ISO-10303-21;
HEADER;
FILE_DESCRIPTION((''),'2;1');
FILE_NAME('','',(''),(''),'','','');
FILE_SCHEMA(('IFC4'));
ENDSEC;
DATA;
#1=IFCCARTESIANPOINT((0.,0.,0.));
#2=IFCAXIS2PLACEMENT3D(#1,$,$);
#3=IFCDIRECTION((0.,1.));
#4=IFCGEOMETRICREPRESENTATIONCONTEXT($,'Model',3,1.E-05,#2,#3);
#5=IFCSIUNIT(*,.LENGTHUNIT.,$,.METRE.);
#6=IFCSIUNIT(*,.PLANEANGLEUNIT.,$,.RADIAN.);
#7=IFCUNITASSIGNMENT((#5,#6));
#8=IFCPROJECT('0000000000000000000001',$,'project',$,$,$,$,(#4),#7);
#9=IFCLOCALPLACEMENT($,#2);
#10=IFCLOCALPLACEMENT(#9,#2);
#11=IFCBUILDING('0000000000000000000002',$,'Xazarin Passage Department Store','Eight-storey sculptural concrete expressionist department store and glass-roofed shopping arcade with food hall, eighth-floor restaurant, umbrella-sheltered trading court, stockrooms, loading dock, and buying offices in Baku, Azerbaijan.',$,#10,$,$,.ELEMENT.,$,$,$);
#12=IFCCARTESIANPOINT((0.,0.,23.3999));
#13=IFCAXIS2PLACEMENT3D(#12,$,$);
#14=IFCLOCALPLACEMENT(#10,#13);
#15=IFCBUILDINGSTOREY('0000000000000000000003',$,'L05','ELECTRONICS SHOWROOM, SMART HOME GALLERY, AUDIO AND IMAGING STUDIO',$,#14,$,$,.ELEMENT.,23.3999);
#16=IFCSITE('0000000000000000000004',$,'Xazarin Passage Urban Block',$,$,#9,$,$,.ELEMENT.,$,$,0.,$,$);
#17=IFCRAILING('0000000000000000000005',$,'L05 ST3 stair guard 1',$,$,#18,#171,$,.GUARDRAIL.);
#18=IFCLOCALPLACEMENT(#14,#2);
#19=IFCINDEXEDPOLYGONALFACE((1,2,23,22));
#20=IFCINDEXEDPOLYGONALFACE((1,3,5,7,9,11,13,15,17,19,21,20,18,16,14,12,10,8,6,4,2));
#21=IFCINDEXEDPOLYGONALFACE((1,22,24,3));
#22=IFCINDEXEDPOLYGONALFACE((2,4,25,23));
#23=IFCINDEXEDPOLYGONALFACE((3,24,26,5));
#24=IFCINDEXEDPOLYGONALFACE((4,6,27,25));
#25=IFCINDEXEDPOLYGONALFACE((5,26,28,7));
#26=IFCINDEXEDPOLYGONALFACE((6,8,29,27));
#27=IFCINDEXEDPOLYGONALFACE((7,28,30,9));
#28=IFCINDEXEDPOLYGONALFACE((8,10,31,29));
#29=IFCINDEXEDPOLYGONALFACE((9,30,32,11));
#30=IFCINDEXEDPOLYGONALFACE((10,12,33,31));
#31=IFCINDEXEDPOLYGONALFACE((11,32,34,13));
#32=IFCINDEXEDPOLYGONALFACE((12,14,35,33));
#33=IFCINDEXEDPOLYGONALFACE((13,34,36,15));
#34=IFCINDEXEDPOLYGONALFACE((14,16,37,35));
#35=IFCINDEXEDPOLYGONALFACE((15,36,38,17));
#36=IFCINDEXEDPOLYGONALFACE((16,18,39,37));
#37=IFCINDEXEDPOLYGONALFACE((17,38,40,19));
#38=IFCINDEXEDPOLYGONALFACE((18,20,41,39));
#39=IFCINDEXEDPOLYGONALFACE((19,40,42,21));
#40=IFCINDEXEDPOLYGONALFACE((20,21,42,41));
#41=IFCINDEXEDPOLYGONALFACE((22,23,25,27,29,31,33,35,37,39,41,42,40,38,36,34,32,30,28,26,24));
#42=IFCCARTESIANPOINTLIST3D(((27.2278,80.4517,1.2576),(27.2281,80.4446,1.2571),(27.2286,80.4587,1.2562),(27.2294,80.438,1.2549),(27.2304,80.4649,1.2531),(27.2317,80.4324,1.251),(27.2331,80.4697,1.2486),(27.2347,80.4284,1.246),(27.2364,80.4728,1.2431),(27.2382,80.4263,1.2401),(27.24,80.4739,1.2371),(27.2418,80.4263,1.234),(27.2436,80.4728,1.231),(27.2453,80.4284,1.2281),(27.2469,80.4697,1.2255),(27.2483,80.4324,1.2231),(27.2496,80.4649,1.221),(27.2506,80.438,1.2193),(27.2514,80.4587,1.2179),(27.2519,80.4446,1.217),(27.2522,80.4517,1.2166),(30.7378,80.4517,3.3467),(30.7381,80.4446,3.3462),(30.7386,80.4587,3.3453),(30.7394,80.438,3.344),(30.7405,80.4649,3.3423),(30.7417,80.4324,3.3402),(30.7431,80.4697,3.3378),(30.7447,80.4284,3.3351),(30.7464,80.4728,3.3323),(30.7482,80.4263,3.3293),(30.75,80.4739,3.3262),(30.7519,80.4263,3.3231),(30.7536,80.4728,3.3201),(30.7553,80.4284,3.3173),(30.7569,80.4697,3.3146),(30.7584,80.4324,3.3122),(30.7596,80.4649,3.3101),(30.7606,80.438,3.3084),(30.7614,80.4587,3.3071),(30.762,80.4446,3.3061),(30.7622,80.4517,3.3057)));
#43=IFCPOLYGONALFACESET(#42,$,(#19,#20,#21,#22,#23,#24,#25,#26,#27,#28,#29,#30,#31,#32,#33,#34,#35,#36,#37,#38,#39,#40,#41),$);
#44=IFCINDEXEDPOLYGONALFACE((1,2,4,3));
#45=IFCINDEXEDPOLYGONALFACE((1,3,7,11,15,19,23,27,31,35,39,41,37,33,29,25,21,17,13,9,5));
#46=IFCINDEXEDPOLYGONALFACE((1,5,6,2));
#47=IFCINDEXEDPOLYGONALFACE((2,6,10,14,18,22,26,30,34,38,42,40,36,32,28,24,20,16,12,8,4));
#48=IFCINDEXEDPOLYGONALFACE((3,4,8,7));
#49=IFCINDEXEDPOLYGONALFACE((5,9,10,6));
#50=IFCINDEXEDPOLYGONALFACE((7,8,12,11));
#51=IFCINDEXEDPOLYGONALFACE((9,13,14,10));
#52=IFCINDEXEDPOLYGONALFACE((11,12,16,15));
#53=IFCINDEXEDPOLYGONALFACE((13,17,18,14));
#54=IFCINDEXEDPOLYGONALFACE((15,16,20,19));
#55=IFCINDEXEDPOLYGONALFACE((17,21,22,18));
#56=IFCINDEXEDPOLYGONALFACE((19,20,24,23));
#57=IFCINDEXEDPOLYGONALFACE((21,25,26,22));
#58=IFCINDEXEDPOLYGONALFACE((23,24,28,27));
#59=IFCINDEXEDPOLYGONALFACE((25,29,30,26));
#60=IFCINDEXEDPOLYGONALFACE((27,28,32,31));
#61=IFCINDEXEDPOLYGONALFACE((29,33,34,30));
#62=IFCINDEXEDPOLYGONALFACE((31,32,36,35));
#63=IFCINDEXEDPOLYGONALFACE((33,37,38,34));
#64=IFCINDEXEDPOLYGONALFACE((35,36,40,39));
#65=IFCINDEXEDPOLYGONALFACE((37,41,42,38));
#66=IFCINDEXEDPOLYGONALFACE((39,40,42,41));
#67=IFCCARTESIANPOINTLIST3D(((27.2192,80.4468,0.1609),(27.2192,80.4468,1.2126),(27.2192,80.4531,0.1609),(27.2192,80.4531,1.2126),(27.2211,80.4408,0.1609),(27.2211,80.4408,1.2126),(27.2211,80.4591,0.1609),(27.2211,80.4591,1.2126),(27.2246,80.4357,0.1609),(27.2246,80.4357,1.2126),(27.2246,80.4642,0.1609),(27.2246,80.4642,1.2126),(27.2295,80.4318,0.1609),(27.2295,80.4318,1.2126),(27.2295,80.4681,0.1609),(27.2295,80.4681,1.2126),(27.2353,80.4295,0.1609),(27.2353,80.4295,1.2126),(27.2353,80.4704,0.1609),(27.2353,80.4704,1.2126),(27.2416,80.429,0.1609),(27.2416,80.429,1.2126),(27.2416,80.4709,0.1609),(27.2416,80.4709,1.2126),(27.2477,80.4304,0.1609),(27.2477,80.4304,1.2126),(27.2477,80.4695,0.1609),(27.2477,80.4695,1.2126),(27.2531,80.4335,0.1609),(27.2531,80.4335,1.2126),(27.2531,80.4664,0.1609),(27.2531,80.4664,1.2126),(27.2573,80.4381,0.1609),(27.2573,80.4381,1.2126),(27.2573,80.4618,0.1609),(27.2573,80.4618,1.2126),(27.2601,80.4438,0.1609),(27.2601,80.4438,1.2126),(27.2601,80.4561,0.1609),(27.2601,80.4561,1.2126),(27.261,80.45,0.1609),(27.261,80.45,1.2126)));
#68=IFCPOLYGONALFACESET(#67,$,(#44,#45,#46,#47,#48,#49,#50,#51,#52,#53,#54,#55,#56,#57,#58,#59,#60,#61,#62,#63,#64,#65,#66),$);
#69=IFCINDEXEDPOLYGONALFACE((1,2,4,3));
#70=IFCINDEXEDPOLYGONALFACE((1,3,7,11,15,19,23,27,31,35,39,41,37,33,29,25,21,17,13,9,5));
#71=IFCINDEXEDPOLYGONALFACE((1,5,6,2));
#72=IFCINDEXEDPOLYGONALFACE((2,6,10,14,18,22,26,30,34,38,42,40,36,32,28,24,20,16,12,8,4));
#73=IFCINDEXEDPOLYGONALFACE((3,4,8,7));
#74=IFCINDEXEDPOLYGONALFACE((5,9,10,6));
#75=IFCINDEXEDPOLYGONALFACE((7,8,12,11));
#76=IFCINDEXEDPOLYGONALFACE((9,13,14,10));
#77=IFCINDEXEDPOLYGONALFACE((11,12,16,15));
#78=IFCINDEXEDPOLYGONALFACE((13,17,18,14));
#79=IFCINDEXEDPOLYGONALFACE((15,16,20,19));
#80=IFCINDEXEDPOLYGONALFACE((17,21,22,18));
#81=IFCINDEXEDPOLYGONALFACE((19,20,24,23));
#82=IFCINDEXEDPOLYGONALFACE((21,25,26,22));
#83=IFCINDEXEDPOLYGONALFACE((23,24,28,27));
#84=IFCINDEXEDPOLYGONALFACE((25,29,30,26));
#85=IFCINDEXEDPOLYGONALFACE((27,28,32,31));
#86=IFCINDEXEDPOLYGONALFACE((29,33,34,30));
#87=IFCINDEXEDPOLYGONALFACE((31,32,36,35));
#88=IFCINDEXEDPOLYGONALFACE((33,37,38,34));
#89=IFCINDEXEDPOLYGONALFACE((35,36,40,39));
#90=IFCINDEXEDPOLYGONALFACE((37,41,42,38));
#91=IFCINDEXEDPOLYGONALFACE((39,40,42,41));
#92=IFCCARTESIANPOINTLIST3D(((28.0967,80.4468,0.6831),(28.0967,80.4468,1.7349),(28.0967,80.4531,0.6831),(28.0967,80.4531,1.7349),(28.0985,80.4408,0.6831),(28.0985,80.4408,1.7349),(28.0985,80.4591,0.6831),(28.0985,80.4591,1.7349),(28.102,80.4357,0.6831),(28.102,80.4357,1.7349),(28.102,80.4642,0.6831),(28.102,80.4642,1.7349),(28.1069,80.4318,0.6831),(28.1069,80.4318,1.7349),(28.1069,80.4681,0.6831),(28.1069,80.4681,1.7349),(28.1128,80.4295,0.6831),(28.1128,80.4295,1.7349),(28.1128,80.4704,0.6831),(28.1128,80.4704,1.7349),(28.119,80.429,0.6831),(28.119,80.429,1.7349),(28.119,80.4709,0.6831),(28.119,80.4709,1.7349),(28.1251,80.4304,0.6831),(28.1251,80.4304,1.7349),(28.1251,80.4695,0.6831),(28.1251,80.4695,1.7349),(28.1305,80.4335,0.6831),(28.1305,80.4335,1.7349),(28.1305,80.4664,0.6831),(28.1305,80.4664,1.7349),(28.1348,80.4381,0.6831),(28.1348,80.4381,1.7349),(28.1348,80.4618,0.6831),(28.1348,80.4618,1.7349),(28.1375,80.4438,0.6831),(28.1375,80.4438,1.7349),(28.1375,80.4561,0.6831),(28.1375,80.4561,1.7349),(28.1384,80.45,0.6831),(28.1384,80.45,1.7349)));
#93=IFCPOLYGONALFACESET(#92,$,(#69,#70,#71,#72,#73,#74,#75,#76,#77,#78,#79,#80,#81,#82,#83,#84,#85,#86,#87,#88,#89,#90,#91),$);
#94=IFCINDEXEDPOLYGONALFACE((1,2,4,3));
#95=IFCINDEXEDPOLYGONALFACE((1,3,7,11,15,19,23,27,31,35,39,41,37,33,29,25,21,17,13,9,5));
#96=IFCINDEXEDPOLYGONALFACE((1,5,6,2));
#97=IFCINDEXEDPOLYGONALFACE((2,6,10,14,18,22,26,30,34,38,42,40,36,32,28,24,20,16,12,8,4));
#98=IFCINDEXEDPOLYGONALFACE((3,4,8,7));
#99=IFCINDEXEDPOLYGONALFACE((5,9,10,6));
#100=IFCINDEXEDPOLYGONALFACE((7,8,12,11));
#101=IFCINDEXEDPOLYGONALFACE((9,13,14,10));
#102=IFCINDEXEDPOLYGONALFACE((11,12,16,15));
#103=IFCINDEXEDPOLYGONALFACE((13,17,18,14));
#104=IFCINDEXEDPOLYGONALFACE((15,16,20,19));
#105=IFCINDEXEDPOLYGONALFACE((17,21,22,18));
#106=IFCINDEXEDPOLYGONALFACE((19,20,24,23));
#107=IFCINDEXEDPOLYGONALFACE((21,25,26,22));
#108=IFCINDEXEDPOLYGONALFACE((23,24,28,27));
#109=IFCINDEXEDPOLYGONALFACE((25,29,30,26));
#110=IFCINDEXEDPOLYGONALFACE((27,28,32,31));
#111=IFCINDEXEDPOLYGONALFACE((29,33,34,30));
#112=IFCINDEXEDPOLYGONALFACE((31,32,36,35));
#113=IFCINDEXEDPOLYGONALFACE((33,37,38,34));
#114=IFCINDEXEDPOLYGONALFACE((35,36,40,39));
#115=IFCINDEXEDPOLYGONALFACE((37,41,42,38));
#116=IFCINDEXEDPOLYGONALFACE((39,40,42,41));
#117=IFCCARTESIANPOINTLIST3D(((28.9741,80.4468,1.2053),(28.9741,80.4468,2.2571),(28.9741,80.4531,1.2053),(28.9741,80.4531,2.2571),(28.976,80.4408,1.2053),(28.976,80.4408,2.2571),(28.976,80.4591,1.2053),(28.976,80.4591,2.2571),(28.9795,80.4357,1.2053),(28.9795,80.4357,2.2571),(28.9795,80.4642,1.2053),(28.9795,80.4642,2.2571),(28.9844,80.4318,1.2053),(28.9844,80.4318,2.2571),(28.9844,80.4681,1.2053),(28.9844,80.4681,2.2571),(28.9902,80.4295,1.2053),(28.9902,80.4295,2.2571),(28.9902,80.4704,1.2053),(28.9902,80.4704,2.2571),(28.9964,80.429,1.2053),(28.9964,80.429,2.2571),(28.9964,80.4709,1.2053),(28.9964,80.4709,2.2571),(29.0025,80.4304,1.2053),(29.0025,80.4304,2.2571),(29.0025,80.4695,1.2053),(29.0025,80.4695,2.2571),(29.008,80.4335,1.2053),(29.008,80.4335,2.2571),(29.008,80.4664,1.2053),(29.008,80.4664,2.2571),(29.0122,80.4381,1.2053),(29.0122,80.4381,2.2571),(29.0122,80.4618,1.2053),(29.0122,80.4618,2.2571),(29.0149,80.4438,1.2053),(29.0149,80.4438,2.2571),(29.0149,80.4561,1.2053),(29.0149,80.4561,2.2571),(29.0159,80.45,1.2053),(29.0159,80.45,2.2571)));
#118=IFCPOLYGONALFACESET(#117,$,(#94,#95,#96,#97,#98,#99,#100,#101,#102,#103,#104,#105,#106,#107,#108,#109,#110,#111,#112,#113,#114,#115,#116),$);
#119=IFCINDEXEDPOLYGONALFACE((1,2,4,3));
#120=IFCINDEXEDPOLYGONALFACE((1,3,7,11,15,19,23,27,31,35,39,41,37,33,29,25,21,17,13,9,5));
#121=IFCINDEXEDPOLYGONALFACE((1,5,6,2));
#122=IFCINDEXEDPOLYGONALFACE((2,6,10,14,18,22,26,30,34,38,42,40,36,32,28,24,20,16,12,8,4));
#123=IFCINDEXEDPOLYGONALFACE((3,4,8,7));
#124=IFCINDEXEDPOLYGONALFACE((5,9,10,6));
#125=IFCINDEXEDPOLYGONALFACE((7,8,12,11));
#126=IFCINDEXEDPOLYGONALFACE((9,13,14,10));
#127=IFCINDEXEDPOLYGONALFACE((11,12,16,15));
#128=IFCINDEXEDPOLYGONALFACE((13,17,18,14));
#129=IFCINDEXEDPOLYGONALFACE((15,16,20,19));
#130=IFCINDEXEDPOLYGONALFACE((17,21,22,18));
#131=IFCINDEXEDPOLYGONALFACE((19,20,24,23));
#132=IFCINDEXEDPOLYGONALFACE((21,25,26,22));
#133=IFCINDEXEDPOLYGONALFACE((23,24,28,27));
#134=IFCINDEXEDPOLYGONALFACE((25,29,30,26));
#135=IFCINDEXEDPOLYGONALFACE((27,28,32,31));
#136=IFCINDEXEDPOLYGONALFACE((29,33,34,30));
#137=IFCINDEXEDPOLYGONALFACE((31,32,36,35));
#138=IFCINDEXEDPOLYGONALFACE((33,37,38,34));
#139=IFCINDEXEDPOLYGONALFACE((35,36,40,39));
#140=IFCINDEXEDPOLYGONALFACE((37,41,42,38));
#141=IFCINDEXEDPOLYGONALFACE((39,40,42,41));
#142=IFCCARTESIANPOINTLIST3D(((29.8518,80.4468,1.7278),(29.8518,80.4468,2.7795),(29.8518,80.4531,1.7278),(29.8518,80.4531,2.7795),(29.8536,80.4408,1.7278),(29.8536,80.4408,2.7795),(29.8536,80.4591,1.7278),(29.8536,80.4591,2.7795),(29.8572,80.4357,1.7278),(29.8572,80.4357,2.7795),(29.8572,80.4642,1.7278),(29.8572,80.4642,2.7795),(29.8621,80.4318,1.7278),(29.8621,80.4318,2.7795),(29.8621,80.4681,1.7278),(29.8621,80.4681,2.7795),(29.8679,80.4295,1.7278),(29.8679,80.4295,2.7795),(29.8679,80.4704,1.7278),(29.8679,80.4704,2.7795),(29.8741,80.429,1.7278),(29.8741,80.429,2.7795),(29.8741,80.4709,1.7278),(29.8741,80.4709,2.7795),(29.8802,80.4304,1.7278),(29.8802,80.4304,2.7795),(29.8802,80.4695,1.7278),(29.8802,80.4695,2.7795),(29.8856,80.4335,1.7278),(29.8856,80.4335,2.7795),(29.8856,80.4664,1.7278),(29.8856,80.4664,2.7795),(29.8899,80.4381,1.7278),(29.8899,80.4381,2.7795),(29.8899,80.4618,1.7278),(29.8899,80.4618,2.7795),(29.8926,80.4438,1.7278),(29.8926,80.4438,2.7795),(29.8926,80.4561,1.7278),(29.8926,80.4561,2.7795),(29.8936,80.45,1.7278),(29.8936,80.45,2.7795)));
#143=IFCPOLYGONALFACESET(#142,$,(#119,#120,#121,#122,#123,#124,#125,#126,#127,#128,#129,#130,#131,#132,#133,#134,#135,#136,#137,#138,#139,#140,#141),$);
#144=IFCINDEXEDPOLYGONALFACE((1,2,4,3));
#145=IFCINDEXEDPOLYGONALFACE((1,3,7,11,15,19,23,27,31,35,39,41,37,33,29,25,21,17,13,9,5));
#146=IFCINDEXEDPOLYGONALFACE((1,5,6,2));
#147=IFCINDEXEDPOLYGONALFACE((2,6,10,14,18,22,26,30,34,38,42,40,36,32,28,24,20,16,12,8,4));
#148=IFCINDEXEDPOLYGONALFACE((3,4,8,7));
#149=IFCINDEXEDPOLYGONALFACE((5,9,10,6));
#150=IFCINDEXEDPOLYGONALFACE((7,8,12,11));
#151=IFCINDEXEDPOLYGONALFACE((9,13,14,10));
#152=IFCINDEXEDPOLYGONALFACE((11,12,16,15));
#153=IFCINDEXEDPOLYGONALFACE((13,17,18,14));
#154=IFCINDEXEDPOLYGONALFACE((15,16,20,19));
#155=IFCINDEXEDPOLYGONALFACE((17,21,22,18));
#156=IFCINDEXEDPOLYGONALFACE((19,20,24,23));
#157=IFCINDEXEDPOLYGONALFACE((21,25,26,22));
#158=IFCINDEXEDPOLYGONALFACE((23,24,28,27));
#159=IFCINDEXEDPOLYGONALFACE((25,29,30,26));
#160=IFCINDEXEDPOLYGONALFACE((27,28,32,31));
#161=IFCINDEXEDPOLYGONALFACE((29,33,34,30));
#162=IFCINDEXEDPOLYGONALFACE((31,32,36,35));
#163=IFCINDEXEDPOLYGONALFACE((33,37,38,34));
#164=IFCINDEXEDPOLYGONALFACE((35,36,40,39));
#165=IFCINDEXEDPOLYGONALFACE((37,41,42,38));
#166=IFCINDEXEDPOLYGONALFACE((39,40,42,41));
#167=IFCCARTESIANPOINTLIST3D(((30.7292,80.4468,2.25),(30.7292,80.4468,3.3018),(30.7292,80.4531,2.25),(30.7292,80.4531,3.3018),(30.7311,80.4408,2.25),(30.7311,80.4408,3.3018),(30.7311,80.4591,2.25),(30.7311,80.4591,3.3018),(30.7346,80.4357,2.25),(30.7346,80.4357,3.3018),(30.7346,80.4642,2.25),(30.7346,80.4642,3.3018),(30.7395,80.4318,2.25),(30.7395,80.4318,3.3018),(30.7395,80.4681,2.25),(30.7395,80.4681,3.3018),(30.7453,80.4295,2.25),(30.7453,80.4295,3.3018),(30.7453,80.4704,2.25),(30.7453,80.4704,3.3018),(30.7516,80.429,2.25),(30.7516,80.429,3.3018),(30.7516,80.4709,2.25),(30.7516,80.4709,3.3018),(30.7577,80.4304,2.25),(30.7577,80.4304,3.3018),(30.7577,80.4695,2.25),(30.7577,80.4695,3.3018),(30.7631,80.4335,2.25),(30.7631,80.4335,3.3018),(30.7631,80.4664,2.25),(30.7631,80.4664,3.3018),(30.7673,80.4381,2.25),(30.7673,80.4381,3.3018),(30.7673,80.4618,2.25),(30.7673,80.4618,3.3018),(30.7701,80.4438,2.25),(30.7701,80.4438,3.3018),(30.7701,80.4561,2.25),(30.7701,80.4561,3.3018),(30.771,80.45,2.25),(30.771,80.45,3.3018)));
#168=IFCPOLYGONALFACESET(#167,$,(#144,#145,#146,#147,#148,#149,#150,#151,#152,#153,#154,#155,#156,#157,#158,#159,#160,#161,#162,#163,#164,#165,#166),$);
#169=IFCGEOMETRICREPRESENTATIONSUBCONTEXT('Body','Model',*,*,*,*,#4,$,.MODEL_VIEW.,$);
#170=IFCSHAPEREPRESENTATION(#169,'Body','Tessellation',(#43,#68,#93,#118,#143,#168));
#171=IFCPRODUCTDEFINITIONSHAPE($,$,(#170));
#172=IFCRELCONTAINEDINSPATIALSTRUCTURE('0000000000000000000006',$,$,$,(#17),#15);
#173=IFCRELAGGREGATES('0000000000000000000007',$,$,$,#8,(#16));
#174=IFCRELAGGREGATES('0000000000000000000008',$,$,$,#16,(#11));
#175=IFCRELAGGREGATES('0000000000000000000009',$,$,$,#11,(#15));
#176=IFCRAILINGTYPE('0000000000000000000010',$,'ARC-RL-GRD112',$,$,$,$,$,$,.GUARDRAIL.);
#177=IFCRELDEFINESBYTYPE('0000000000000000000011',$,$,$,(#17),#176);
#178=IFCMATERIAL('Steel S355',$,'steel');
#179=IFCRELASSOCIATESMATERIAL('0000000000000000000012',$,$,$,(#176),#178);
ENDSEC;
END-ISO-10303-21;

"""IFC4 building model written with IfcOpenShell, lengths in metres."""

from ifc_helpers import new_model, si_unit, direction, frame, origin, origin_2d, place, context, subcontext, project, spatial, circle, extrude, material, type_object, element, save


model = new_model("IFC4")

# Units and contexts
model_context = context("Model", 3, precision=1e-05, world=origin(), true_north=direction((0.0, 1.0)))
body_context = subcontext(model_context, "Body", "Model", "MODEL_VIEW")
ifc_project = project(units=[si_unit("LENGTHUNIT", "METRE"), si_unit("PLANEANGLEUNIT", "RADIAN")], contexts=[model_context])

# Site, building, storey
site_placement = place(None, origin())
site = spatial("IfcSite", under=ifc_project, at=site_placement, Name="Xazarin Passage Urban Block", CompositionType="ELEMENT", RefElevation=0.0)
building_placement = place(site_placement, origin())
building = spatial("IfcBuilding", under=site, at=building_placement, Name="Xazarin Passage Department Store", Description="Eight-storey sculptural concrete expressionist department store and glass-roofed shopping arcade with food hall, eighth-floor restaurant, umbrella-sheltered trading court, stockrooms, loading dock, and buying offices in Baku, Azerbaijan.", CompositionType="ELEMENT")
storey_placement = place(building_placement, frame((0.0, 0.0, 23.3999)))
storey = spatial("IfcBuildingStorey", under=building, at=storey_placement, Name="L05", Description="ELECTRONICS SHOWROOM, SMART HOME GALLERY, AUDIO AND IMAGING STUDIO", CompositionType="ELEMENT", Elevation=23.3999)

# Railing
ifc_material_1 = material(Name="Steel S355", Category="steel")
railing_type_1 = type_object("IfcRailingType", Name="ARC-RL-GRD112", PredefinedType="GUARDRAIL", material=ifc_material_1)
railing_1_placement = place(storey_placement, frame((27.24, 80.45, 0.1609)))
element("IfcRailing", 1, at=railing_1_placement, inside=storey, type_object=railing_type_1, Name="L05 ST3 stair guard 1", PredefinedType="GUARDRAIL", context=body_context, shape_type="SweptSolid", body=[
    extrude(circle(Radius=0.0239, at=origin_2d()), frame((0.0, 0.0, 1.0762), z_axis=(0.859312, 0.0, 0.511451), x_axis=(0.0, 1.0, 0.0)), (0.0, 0.0, 1.0), 4.0847),
    extrude(circle(Radius=0.021, at=origin_2d()), origin(), (0.0, 0.0, 1.0), 1.0518),
    extrude(circle(Radius=0.021, at=origin_2d()), frame((0.8774, 0.0, 0.5222)), (0.0, 0.0, 1.0), 1.0518),
    extrude(circle(Radius=0.021, at=origin_2d()), frame((1.7549, 0.0, 1.0444)), (0.0, 0.0, 1.0), 1.0518),
    extrude(circle(Radius=0.021, at=origin_2d()), frame((2.6326, 0.0, 1.5669)), (0.0, 0.0, 1.0), 1.0518),
    extrude(circle(Radius=0.021, at=origin_2d()), frame((3.51, 0.0, 2.0891)), (0.0, 0.0, 1.0), 1.0518),
])

save(model, "model.ifc")
